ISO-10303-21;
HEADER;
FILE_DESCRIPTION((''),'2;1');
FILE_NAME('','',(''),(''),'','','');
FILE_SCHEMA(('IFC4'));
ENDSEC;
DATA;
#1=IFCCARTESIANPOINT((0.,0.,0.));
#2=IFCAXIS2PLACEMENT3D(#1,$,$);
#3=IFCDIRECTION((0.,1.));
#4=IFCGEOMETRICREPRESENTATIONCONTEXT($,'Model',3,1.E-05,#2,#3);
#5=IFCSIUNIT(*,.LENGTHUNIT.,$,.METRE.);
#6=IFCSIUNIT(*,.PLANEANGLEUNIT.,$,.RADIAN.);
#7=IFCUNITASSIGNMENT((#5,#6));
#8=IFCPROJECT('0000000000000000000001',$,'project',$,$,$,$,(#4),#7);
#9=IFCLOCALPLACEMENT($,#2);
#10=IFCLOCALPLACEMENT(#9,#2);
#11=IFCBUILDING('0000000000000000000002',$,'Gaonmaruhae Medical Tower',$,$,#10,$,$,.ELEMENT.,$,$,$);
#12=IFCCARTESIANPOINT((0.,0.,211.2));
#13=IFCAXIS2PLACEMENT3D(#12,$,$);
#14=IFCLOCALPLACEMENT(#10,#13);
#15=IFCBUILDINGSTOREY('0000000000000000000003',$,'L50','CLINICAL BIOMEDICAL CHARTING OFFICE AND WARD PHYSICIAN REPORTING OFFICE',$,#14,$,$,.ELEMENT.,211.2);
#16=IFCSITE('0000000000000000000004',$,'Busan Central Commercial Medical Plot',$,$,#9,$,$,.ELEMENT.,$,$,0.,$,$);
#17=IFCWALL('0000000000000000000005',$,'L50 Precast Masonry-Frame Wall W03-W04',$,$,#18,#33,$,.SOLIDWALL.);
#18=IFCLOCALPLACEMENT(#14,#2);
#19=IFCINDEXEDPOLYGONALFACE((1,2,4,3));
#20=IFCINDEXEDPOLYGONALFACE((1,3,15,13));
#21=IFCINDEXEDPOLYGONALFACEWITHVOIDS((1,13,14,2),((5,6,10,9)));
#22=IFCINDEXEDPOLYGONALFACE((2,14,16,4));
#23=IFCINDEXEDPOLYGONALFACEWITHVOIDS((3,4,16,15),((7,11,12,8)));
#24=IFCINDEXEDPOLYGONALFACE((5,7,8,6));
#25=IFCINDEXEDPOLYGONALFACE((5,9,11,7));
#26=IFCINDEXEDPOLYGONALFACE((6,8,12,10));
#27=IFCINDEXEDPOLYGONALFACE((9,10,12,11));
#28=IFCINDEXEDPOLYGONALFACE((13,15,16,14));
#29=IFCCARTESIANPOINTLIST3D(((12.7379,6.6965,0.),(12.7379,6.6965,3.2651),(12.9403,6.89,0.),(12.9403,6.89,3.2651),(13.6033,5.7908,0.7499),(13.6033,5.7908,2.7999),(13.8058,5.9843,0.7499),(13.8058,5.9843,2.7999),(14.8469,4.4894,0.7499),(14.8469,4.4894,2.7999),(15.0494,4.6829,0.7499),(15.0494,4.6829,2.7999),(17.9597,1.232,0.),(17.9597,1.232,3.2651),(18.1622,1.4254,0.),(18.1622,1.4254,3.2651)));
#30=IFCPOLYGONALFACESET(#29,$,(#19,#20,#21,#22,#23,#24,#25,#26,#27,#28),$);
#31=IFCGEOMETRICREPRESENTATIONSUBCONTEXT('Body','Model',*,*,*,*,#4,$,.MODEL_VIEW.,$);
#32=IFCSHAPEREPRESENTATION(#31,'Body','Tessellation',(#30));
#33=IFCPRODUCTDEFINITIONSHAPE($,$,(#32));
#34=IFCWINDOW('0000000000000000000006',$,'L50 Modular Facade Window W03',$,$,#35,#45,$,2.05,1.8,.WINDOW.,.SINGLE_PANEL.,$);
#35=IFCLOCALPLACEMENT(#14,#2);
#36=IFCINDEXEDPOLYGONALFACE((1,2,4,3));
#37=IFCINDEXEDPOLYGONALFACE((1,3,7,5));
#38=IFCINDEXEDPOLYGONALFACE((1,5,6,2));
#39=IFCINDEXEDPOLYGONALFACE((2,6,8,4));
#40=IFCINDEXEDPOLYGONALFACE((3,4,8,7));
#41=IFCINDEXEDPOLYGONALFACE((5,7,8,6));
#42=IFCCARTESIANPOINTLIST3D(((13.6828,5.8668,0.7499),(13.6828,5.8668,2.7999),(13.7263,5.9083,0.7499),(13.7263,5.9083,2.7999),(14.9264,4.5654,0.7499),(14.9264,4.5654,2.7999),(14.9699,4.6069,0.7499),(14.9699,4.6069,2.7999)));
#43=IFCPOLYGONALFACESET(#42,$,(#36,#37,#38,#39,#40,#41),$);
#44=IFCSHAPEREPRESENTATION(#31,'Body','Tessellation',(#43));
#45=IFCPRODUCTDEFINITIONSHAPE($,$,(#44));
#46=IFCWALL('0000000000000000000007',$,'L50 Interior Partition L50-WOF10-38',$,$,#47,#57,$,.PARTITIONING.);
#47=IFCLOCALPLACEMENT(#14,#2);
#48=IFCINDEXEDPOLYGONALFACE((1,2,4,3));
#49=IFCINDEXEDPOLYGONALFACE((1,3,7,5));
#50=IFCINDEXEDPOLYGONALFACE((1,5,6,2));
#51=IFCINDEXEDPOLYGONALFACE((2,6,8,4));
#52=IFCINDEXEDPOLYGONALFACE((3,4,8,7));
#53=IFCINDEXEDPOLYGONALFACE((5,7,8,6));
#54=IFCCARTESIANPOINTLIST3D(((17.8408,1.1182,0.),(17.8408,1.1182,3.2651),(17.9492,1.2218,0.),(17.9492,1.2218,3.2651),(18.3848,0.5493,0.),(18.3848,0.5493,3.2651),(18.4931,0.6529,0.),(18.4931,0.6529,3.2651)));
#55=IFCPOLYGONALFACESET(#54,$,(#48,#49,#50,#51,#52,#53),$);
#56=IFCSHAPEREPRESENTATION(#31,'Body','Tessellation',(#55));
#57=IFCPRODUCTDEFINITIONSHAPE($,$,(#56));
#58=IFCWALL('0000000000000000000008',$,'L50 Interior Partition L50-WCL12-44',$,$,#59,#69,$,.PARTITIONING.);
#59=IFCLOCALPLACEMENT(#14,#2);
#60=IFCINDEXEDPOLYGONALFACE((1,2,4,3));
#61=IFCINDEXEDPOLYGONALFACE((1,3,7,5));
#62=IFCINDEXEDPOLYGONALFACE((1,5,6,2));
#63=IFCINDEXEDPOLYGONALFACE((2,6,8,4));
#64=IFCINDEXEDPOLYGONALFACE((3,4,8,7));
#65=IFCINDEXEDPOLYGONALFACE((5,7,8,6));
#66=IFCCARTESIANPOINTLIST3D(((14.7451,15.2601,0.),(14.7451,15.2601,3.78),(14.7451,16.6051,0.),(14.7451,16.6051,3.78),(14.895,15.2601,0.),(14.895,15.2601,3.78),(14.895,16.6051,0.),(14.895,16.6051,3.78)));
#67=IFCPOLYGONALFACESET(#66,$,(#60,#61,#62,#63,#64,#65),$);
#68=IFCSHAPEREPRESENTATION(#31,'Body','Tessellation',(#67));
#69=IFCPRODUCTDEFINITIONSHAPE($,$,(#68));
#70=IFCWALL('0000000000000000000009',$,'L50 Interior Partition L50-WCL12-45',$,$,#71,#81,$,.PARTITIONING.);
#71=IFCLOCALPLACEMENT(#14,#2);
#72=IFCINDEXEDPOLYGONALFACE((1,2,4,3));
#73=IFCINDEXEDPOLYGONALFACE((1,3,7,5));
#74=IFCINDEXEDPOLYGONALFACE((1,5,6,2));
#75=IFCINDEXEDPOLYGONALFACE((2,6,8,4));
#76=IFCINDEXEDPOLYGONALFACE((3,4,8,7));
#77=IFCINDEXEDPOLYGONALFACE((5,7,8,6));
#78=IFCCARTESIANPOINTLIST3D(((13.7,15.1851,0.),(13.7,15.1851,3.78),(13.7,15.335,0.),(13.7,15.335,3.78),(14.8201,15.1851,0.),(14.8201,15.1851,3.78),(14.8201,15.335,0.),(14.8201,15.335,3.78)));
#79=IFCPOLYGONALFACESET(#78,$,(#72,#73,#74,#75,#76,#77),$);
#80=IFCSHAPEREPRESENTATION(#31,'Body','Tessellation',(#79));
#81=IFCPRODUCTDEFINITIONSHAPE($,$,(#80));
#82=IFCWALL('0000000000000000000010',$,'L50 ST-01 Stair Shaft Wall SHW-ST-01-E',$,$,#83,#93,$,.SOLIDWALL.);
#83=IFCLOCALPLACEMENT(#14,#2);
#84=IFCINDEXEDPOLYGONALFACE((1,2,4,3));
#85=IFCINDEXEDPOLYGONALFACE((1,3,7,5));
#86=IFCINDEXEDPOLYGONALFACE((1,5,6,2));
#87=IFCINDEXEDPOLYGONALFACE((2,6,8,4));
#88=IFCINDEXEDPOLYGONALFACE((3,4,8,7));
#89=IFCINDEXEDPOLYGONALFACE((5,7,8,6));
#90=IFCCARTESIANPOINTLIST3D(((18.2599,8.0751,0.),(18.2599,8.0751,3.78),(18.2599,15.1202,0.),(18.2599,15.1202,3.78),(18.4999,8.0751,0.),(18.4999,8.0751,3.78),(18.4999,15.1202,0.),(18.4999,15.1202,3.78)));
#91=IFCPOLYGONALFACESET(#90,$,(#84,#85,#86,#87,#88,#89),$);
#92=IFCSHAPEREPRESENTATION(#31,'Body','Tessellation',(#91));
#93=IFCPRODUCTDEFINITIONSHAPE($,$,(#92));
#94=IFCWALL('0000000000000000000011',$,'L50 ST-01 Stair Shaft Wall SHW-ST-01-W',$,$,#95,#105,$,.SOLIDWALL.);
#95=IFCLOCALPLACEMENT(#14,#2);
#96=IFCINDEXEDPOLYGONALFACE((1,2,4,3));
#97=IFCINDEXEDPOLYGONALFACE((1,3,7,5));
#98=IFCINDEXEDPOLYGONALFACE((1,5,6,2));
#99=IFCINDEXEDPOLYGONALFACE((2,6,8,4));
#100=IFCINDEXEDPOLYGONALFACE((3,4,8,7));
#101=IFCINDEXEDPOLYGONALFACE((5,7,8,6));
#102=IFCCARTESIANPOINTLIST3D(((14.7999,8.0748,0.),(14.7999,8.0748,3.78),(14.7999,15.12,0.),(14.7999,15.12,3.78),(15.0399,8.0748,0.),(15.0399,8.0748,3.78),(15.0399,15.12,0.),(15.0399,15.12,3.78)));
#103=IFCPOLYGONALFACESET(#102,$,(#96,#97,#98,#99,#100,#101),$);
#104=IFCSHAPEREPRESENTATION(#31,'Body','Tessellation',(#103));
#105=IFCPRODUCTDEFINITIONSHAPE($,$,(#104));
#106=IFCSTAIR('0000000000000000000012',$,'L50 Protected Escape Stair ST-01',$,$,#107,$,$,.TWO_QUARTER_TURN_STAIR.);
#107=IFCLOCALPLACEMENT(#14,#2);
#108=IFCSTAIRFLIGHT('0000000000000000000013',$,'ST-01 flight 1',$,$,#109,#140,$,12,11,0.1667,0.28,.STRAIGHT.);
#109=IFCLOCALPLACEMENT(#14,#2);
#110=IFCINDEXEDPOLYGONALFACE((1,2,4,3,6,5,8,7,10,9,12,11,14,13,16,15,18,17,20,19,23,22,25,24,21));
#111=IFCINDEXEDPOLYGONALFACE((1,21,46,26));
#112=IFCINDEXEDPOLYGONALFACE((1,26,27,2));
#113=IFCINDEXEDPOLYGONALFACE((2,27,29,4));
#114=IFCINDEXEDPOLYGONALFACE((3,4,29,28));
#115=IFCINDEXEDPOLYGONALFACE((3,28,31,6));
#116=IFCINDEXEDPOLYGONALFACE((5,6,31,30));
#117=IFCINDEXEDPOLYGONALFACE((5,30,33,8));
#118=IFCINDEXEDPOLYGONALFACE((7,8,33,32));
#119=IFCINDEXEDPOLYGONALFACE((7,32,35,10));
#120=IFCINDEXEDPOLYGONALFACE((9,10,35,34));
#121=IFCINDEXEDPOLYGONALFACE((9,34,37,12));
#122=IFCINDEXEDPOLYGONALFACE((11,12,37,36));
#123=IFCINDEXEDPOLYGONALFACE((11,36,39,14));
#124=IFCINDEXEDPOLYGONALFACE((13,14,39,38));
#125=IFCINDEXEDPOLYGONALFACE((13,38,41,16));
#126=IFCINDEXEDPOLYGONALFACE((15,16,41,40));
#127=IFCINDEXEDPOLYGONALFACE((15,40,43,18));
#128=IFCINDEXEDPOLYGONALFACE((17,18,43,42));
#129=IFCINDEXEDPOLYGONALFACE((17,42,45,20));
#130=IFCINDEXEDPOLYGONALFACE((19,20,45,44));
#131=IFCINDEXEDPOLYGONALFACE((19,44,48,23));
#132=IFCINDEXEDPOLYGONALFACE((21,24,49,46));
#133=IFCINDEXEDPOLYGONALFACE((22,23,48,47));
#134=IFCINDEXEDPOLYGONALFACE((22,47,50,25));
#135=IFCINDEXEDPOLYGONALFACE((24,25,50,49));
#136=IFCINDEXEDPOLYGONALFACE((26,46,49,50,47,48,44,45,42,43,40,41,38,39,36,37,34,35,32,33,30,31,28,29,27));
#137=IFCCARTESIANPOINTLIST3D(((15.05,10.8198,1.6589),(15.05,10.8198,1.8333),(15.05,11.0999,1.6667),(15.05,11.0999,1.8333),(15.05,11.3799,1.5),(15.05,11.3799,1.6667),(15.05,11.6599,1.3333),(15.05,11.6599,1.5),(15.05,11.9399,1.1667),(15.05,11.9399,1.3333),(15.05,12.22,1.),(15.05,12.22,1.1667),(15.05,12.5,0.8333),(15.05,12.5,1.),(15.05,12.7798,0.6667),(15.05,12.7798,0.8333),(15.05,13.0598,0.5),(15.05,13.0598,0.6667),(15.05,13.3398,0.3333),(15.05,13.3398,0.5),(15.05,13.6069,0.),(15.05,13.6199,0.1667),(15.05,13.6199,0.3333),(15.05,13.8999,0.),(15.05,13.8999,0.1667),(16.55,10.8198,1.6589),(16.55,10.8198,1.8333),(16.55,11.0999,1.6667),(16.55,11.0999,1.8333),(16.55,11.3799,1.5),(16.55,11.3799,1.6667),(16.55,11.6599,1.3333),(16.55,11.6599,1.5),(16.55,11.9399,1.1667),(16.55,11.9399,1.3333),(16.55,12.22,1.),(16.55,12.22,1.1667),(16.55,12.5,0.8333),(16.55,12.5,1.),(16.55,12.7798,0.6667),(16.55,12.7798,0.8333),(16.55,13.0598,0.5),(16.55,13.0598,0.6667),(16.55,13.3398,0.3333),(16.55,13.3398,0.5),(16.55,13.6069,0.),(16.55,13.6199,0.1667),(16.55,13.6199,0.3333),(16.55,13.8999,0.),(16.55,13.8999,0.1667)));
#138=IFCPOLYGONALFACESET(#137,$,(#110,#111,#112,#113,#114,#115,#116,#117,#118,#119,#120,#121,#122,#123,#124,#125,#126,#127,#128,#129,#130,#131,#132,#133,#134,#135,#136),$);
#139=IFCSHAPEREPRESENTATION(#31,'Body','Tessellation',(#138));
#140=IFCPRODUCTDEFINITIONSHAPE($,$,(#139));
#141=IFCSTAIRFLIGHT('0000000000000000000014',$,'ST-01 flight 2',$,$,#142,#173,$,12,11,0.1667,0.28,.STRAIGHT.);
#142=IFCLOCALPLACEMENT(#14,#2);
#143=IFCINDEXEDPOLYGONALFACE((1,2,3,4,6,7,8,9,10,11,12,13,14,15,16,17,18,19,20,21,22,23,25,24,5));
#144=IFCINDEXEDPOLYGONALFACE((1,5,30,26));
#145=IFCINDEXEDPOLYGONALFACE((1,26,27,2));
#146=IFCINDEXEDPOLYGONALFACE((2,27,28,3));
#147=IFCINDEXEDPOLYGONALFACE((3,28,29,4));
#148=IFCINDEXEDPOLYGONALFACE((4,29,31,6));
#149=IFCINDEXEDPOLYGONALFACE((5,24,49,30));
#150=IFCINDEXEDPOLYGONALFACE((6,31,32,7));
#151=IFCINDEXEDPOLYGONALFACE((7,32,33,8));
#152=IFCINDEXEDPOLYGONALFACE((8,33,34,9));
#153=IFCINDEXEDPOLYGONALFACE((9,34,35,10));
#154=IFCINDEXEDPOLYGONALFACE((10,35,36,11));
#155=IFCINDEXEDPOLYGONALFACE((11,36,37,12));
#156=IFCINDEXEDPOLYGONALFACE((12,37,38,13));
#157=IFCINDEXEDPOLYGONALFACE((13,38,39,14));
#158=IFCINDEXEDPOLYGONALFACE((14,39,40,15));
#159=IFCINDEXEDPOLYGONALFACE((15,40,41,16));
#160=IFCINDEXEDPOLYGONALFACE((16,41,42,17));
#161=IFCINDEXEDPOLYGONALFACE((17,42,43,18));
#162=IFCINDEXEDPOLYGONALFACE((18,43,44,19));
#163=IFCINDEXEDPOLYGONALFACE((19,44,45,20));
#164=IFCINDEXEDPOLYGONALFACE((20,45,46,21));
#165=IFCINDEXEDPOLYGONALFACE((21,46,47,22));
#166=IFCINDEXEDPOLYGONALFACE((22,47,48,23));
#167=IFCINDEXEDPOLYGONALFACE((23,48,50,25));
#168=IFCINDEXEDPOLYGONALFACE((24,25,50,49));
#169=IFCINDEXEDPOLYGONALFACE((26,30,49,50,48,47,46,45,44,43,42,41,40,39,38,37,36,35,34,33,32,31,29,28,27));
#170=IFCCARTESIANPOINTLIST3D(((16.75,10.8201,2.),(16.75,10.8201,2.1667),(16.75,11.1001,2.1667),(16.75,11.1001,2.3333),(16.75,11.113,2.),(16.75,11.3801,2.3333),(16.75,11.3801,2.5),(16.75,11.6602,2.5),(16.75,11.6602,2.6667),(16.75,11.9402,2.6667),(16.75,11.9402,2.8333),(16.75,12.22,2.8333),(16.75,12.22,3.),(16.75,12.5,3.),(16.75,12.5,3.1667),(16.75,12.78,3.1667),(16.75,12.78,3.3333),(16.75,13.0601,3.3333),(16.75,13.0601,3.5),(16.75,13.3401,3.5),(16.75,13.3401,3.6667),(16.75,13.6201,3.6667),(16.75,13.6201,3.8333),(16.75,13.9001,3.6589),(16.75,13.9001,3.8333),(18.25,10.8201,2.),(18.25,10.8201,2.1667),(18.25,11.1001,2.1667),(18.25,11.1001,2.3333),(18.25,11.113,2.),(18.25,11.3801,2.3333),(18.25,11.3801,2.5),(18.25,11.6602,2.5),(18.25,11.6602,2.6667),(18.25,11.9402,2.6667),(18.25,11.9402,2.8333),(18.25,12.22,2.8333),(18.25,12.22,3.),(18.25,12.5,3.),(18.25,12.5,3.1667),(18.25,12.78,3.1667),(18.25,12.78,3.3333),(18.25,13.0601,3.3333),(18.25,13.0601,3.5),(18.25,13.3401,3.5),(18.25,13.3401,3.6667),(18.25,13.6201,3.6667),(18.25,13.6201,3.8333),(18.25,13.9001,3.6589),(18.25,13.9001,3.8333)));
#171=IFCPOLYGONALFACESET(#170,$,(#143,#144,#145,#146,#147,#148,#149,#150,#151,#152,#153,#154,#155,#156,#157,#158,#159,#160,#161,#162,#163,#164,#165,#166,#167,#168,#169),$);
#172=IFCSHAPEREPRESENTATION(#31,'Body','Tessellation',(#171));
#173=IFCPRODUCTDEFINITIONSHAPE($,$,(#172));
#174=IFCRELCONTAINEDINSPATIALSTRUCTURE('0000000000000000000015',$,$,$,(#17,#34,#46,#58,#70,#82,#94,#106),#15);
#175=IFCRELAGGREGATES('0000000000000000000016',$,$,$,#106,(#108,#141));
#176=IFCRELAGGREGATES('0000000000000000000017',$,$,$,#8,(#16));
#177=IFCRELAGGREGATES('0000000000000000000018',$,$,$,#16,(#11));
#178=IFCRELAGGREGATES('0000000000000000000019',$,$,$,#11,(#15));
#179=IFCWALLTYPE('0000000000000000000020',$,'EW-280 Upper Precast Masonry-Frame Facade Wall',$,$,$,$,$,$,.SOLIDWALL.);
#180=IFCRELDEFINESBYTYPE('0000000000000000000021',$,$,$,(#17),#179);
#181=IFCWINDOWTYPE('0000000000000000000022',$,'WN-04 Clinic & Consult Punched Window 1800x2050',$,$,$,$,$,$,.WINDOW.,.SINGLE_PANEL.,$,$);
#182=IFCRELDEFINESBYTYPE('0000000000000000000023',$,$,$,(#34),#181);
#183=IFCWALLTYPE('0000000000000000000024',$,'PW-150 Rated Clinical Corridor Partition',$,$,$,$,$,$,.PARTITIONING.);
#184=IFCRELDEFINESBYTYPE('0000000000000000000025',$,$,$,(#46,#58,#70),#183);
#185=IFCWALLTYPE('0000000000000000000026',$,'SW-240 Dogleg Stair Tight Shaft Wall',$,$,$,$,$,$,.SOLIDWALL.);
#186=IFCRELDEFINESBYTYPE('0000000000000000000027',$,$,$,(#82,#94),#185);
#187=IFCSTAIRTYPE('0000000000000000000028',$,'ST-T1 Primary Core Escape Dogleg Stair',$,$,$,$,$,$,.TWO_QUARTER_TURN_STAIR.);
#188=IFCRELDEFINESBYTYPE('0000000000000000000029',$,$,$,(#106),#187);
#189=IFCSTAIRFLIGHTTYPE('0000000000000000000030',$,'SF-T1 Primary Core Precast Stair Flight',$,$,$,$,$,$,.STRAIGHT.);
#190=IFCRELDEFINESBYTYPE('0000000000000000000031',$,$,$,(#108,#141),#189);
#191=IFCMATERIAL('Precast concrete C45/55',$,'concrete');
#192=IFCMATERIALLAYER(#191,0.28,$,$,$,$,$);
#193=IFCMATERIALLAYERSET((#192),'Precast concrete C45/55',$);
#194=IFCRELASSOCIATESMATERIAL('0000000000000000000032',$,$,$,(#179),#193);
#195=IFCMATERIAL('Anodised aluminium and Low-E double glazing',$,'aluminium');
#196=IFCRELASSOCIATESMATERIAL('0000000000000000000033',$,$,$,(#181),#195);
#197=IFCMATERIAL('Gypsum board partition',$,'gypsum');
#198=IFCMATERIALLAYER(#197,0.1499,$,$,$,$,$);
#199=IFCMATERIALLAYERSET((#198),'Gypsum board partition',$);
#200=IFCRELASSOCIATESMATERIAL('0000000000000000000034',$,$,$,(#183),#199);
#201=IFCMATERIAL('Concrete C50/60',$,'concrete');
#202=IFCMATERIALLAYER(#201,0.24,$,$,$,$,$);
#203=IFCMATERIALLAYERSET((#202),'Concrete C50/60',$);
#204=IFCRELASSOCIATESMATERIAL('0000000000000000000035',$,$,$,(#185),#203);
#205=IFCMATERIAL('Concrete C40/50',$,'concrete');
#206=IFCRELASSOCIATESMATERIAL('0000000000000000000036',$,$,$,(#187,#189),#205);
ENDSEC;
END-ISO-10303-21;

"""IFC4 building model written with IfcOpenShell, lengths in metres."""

from ifc_helpers import new_model, si_unit, direction, frame, frame_2d, origin, place, context, subcontext, project, spatial, polyline, rectangle, outline, extrude, material, layer, layer_set, type_object, element, fill, aggregate, save


model = new_model("IFC4")

# Units and contexts
model_context = context("Model", 3, precision=1e-05, world=origin(), true_north=direction((0.0, 1.0)))
body_context = subcontext(model_context, "Body", "Model", "MODEL_VIEW")
ifc_project = project(units=[si_unit("LENGTHUNIT", "METRE"), si_unit("PLANEANGLEUNIT", "RADIAN")], contexts=[model_context])

# Site, building, storey
site_placement = place(None, origin())
site = spatial("IfcSite", under=ifc_project, at=site_placement, Name="Busan Central Commercial Medical Plot", CompositionType="ELEMENT", RefElevation=0.0)
building_placement = place(site_placement, origin())
building = spatial("IfcBuilding", under=site, at=building_placement, Name="Gaonmaruhae Medical Tower", CompositionType="ELEMENT")
storey_placement = place(building_placement, frame((0.0, 0.0, 211.2)))
storey = spatial("IfcBuildingStorey", under=building, at=storey_placement, Name="L50", Description="CLINICAL BIOMEDICAL CHARTING OFFICE AND WARD PHYSICIAN REPORTING OFFICE", CompositionType="ELEMENT", Elevation=211.2)

# Shared definitions
ifc_material_1 = material(Name="Concrete C50/60", Category="concrete")

# Wall, opening, window
ifc_material_2 = material(Name="Precast concrete C45/55", Category="concrete")
ifc_layer_1 = layer(ifc_material_2, 0.28)
ifc_layer_set_1 = layer_set([ifc_layer_1], Name="Precast concrete C45/55")
wall_type_1 = type_object("IfcWallType", Name="EW-280 Upper Precast Masonry-Frame Facade Wall", PredefinedType="SOLIDWALL", material=ifc_layer_set_1)
wall_1_placement = place(storey_placement, frame((18.061, 1.3286, 0.0), z_axis=(0.0, 0.0, 1.0), x_axis=(-0.690871, 0.722978, 0.0)))
wall_1 = element("IfcWall", 1, at=wall_1_placement, inside=storey, type_object=wall_type_1, Name="L50 Precast Masonry-Frame Wall W03-W04", PredefinedType="SOLIDWALL", context=body_context, shape_type="SweptSolid", body=[
    extrude(rectangle(XDim=7.5583, YDim=0.28, at=frame_2d((3.7793, 0.0))), origin(), (0.0, 0.0, 1.0), 3.2651),
])
opening_1_placement = place(wall_1_placement, frame((4.5059, 0.0, 0.75)))
opening_1 = element("IfcOpeningElement", 2, at=opening_1_placement, cuts=wall_1, PredefinedType="OPENING", context=body_context, shape_type="SweptSolid", body=[
    extrude(rectangle(XDim=1.8, YDim=2.05, at=frame_2d((0.8999, 1.0249))), frame((0.0, 0.1499, 0.0), z_axis=(0.0, -1.0, 0.0), x_axis=(1.0, 0.0, 0.0)), (0.0, 0.0, 1.0), 0.3),
])
ifc_material_3 = material(Name="Anodised aluminium and Low-E double glazing", Category="aluminium")
window_type = type_object("IfcWindowType", Name="WN-04 Clinic & Consult Punched Window 1800x2050", PartitioningType="SINGLE_PANEL", PredefinedType="WINDOW", material=ifc_material_3)
window_placement = place(opening_1_placement, origin())
window = element("IfcWindow", 3, at=window_placement, inside=storey, type_object=window_type, Name="L50 Modular Facade Window W03", OverallHeight=2.05, OverallWidth=1.8, PartitioningType="SINGLE_PANEL", PredefinedType="WINDOW", context=body_context, shape_type="SweptSolid", body=[
    extrude(rectangle(XDim=1.8, YDim=2.05, at=frame_2d((0.8999, 1.0249))), frame((0.0, 0.03, 0.0), z_axis=(0.0, -1.0, 0.0), x_axis=(1.0, 0.0, 0.0)), (0.0, 0.0, 1.0), 0.0601),
])
fill(opening_1, window)

# Walls
ifc_material_4 = material(Name="Gypsum board partition", Category="gypsum")
ifc_layer_2 = layer(ifc_material_4, 0.1499)
ifc_layer_set_2 = layer_set([ifc_layer_2], Name="Gypsum board partition")
wall_type_2 = type_object("IfcWallType", Name="PW-150 Rated Clinical Corridor Partition", PredefinedType="PARTITIONING", material=ifc_layer_set_2)
wall_2_placement = place(storey_placement, frame((18.439, 0.6011, 0.0), z_axis=(0.0, 0.0, 1.0), x_axis=(-0.69111, 0.72275, 0.0)))
element("IfcWall", 4, at=wall_2_placement, inside=storey, type_object=wall_type_2, Name="L50 Interior Partition L50-WOF10-38", PredefinedType="PARTITIONING", context=body_context, shape_type="SweptSolid", body=[
    extrude(rectangle(XDim=0.7871, YDim=0.1499, at=frame_2d((0.3936, 0.0))), origin(), (0.0, 0.0, 1.0), 3.2651),
])
wall_3_placement = place(storey_placement, frame((14.8201, 16.605, 0.0), z_axis=(0.0, 0.0, 1.0), x_axis=(0.0, -1.0, 0.0)))
element("IfcWall", 5, at=wall_3_placement, inside=storey, type_object=wall_type_2, Name="L50 Interior Partition L50-WCL12-44", PredefinedType="PARTITIONING", context=body_context, shape_type="SweptSolid", body=[
    extrude(rectangle(XDim=1.345, YDim=0.1499, at=frame_2d((0.6724, 0.0))), origin(), (0.0, 0.0, 1.0), 3.78),
])
wall_4_placement = place(storey_placement, frame((14.8201, 15.26, 0.0), z_axis=(0.0, 0.0, 1.0), x_axis=(-1.0, 0.0, 0.0)))
element("IfcWall", 6, at=wall_4_placement, inside=storey, type_object=wall_type_2, Name="L50 Interior Partition L50-WCL12-45", PredefinedType="PARTITIONING", context=body_context, shape_type="SweptSolid", body=[
    extrude(rectangle(XDim=1.1201, YDim=0.1499, at=frame_2d((0.5601, 0.0))), origin(), (0.0, 0.0, 1.0), 3.78),
])

# Shared definitions
ifc_layer_3 = layer(ifc_material_1, 0.24)
ifc_layer_set_3 = layer_set([ifc_layer_3], Name="Concrete C50/60")
wall_type_3 = type_object("IfcWallType", Name="SW-240 Dogleg Stair Tight Shaft Wall", PredefinedType="SOLIDWALL", material=ifc_layer_set_3)

# Walls
for number, where, z_axis, x_axis, name in (
    (7, (18.3799, 15.1201, 0.0), (0.0, 0.0, 1.0), (0.0, -1.0, 0.0), "L50 ST-01 Stair Shaft Wall SHW-ST-01-E"),
    (8, (14.9199, 8.075, 0.0), (0.0, 0.0, 1.0), (0.0, 1.0, 0.0), "L50 ST-01 Stair Shaft Wall SHW-ST-01-W"),
):
    element("IfcWall", number, at=place(storey_placement, frame(where, z_axis=z_axis, x_axis=x_axis)), inside=storey, type_object=wall_type_3, Name=name, PredefinedType="SOLIDWALL", context=body_context, shape_type="SweptSolid", body=[
        extrude(rectangle(XDim=7.0452, YDim=0.24, at=frame_2d((3.5225, 0.0))), origin(), (0.0, 0.0, 1.0), 3.78),
    ])

# Stair, stair flights
ifc_material_5 = material(Name="Concrete C40/50", Category="concrete")
stair_type = type_object("IfcStairType", Name="ST-T1 Primary Core Escape Dogleg Stair", PredefinedType="TWO_QUARTER_TURN_STAIR", material=ifc_material_5)
stair_placement = place(storey_placement, origin())
stair = element("IfcStair", 9, at=stair_placement, inside=storey, type_object=stair_type, Name="L50 Protected Escape Stair ST-01", PredefinedType="TWO_QUARTER_TURN_STAIR")
stair_flight_type = type_object("IfcStairFlightType", Name="SF-T1 Primary Core Precast Stair Flight", PredefinedType="STRAIGHT", material=ifc_material_5)
stair_flight_1_placement = place(storey_placement, frame((15.8, 13.8999, 0.0), z_axis=(0.0, 0.0, 1.0), x_axis=(0.0, -1.0, 0.0)))
stair_flight_1 = element("IfcStairFlight", 10, at=stair_flight_1_placement, type_object=stair_flight_type, Name="ST-01 flight 1", NumberOfRisers=12, NumberOfTreads=11, PredefinedType="STRAIGHT", RiserHeight=0.1667, TreadLength=0.28, context=body_context, shape_type="SweptSolid", body=[
    extrude(outline(polyline([(0.0, 0.0), (0.0, 0.1667), (0.28, 0.1667), (0.28, 0.3333), (0.5601, 0.3333), (0.5601, 0.5), (0.8401, 0.5), (0.8401, 0.6667), (1.1201, 0.6667), (1.1201, 0.8333), (1.3999, 0.8333), (1.3999, 1.0), (1.6799, 1.0), (1.6799, 1.1667), (1.96, 1.1667), (1.96, 1.3333), (2.24, 1.3333), (2.24, 1.5), (2.52, 1.5), (2.52, 1.6667), (2.8, 1.6667), (2.8, 1.8333), (3.0801, 1.8333), (3.0801, 2.0), (3.0801, 1.6589), (0.293, 0.0), (0.0, 0.0)])), frame((0.0, 0.75, 0.0), z_axis=(0.0, -1.0, 0.0), x_axis=(1.0, 0.0, 0.0)), (0.0, 0.0, 1.0), 1.5),
])
stair_flight_2_placement = place(storey_placement, frame((17.5, 10.8201, 2.0), z_axis=(0.0, 0.0, 1.0), x_axis=(0.0, 1.0, 0.0)))
stair_flight_2 = element("IfcStairFlight", 11, at=stair_flight_2_placement, type_object=stair_flight_type, Name="ST-01 flight 2", NumberOfRisers=12, NumberOfTreads=11, PredefinedType="STRAIGHT", RiserHeight=0.1667, TreadLength=0.28, context=body_context, shape_type="SweptSolid", body=[
    extrude(outline(polyline([(0.0, 0.0), (0.0, 0.1667), (0.28, 0.1667), (0.28, 0.3333), (0.5601, 0.3333), (0.5601, 0.5), (0.8401, 0.5), (0.8401, 0.6667), (1.1201, 0.6667), (1.1201, 0.8333), (1.3999, 0.8333), (1.3999, 1.0), (1.6799, 1.0), (1.6799, 1.1667), (1.96, 1.1667), (1.96, 1.3333), (2.24, 1.3333), (2.24, 1.5), (2.52, 1.5), (2.52, 1.6667), (2.8, 1.6667), (2.8, 1.8333), (3.0801, 1.8333), (3.0801, 2.0), (3.0801, 1.6589), (0.293, 0.0), (0.0, 0.0)])), frame((0.0, 0.75, 0.0), z_axis=(0.0, -1.0, 0.0), x_axis=(1.0, 0.0, 0.0)), (0.0, 0.0, 1.0), 1.5),
])
aggregate(stair, [stair_flight_1, stair_flight_2])

save(model, "model.ifc")
